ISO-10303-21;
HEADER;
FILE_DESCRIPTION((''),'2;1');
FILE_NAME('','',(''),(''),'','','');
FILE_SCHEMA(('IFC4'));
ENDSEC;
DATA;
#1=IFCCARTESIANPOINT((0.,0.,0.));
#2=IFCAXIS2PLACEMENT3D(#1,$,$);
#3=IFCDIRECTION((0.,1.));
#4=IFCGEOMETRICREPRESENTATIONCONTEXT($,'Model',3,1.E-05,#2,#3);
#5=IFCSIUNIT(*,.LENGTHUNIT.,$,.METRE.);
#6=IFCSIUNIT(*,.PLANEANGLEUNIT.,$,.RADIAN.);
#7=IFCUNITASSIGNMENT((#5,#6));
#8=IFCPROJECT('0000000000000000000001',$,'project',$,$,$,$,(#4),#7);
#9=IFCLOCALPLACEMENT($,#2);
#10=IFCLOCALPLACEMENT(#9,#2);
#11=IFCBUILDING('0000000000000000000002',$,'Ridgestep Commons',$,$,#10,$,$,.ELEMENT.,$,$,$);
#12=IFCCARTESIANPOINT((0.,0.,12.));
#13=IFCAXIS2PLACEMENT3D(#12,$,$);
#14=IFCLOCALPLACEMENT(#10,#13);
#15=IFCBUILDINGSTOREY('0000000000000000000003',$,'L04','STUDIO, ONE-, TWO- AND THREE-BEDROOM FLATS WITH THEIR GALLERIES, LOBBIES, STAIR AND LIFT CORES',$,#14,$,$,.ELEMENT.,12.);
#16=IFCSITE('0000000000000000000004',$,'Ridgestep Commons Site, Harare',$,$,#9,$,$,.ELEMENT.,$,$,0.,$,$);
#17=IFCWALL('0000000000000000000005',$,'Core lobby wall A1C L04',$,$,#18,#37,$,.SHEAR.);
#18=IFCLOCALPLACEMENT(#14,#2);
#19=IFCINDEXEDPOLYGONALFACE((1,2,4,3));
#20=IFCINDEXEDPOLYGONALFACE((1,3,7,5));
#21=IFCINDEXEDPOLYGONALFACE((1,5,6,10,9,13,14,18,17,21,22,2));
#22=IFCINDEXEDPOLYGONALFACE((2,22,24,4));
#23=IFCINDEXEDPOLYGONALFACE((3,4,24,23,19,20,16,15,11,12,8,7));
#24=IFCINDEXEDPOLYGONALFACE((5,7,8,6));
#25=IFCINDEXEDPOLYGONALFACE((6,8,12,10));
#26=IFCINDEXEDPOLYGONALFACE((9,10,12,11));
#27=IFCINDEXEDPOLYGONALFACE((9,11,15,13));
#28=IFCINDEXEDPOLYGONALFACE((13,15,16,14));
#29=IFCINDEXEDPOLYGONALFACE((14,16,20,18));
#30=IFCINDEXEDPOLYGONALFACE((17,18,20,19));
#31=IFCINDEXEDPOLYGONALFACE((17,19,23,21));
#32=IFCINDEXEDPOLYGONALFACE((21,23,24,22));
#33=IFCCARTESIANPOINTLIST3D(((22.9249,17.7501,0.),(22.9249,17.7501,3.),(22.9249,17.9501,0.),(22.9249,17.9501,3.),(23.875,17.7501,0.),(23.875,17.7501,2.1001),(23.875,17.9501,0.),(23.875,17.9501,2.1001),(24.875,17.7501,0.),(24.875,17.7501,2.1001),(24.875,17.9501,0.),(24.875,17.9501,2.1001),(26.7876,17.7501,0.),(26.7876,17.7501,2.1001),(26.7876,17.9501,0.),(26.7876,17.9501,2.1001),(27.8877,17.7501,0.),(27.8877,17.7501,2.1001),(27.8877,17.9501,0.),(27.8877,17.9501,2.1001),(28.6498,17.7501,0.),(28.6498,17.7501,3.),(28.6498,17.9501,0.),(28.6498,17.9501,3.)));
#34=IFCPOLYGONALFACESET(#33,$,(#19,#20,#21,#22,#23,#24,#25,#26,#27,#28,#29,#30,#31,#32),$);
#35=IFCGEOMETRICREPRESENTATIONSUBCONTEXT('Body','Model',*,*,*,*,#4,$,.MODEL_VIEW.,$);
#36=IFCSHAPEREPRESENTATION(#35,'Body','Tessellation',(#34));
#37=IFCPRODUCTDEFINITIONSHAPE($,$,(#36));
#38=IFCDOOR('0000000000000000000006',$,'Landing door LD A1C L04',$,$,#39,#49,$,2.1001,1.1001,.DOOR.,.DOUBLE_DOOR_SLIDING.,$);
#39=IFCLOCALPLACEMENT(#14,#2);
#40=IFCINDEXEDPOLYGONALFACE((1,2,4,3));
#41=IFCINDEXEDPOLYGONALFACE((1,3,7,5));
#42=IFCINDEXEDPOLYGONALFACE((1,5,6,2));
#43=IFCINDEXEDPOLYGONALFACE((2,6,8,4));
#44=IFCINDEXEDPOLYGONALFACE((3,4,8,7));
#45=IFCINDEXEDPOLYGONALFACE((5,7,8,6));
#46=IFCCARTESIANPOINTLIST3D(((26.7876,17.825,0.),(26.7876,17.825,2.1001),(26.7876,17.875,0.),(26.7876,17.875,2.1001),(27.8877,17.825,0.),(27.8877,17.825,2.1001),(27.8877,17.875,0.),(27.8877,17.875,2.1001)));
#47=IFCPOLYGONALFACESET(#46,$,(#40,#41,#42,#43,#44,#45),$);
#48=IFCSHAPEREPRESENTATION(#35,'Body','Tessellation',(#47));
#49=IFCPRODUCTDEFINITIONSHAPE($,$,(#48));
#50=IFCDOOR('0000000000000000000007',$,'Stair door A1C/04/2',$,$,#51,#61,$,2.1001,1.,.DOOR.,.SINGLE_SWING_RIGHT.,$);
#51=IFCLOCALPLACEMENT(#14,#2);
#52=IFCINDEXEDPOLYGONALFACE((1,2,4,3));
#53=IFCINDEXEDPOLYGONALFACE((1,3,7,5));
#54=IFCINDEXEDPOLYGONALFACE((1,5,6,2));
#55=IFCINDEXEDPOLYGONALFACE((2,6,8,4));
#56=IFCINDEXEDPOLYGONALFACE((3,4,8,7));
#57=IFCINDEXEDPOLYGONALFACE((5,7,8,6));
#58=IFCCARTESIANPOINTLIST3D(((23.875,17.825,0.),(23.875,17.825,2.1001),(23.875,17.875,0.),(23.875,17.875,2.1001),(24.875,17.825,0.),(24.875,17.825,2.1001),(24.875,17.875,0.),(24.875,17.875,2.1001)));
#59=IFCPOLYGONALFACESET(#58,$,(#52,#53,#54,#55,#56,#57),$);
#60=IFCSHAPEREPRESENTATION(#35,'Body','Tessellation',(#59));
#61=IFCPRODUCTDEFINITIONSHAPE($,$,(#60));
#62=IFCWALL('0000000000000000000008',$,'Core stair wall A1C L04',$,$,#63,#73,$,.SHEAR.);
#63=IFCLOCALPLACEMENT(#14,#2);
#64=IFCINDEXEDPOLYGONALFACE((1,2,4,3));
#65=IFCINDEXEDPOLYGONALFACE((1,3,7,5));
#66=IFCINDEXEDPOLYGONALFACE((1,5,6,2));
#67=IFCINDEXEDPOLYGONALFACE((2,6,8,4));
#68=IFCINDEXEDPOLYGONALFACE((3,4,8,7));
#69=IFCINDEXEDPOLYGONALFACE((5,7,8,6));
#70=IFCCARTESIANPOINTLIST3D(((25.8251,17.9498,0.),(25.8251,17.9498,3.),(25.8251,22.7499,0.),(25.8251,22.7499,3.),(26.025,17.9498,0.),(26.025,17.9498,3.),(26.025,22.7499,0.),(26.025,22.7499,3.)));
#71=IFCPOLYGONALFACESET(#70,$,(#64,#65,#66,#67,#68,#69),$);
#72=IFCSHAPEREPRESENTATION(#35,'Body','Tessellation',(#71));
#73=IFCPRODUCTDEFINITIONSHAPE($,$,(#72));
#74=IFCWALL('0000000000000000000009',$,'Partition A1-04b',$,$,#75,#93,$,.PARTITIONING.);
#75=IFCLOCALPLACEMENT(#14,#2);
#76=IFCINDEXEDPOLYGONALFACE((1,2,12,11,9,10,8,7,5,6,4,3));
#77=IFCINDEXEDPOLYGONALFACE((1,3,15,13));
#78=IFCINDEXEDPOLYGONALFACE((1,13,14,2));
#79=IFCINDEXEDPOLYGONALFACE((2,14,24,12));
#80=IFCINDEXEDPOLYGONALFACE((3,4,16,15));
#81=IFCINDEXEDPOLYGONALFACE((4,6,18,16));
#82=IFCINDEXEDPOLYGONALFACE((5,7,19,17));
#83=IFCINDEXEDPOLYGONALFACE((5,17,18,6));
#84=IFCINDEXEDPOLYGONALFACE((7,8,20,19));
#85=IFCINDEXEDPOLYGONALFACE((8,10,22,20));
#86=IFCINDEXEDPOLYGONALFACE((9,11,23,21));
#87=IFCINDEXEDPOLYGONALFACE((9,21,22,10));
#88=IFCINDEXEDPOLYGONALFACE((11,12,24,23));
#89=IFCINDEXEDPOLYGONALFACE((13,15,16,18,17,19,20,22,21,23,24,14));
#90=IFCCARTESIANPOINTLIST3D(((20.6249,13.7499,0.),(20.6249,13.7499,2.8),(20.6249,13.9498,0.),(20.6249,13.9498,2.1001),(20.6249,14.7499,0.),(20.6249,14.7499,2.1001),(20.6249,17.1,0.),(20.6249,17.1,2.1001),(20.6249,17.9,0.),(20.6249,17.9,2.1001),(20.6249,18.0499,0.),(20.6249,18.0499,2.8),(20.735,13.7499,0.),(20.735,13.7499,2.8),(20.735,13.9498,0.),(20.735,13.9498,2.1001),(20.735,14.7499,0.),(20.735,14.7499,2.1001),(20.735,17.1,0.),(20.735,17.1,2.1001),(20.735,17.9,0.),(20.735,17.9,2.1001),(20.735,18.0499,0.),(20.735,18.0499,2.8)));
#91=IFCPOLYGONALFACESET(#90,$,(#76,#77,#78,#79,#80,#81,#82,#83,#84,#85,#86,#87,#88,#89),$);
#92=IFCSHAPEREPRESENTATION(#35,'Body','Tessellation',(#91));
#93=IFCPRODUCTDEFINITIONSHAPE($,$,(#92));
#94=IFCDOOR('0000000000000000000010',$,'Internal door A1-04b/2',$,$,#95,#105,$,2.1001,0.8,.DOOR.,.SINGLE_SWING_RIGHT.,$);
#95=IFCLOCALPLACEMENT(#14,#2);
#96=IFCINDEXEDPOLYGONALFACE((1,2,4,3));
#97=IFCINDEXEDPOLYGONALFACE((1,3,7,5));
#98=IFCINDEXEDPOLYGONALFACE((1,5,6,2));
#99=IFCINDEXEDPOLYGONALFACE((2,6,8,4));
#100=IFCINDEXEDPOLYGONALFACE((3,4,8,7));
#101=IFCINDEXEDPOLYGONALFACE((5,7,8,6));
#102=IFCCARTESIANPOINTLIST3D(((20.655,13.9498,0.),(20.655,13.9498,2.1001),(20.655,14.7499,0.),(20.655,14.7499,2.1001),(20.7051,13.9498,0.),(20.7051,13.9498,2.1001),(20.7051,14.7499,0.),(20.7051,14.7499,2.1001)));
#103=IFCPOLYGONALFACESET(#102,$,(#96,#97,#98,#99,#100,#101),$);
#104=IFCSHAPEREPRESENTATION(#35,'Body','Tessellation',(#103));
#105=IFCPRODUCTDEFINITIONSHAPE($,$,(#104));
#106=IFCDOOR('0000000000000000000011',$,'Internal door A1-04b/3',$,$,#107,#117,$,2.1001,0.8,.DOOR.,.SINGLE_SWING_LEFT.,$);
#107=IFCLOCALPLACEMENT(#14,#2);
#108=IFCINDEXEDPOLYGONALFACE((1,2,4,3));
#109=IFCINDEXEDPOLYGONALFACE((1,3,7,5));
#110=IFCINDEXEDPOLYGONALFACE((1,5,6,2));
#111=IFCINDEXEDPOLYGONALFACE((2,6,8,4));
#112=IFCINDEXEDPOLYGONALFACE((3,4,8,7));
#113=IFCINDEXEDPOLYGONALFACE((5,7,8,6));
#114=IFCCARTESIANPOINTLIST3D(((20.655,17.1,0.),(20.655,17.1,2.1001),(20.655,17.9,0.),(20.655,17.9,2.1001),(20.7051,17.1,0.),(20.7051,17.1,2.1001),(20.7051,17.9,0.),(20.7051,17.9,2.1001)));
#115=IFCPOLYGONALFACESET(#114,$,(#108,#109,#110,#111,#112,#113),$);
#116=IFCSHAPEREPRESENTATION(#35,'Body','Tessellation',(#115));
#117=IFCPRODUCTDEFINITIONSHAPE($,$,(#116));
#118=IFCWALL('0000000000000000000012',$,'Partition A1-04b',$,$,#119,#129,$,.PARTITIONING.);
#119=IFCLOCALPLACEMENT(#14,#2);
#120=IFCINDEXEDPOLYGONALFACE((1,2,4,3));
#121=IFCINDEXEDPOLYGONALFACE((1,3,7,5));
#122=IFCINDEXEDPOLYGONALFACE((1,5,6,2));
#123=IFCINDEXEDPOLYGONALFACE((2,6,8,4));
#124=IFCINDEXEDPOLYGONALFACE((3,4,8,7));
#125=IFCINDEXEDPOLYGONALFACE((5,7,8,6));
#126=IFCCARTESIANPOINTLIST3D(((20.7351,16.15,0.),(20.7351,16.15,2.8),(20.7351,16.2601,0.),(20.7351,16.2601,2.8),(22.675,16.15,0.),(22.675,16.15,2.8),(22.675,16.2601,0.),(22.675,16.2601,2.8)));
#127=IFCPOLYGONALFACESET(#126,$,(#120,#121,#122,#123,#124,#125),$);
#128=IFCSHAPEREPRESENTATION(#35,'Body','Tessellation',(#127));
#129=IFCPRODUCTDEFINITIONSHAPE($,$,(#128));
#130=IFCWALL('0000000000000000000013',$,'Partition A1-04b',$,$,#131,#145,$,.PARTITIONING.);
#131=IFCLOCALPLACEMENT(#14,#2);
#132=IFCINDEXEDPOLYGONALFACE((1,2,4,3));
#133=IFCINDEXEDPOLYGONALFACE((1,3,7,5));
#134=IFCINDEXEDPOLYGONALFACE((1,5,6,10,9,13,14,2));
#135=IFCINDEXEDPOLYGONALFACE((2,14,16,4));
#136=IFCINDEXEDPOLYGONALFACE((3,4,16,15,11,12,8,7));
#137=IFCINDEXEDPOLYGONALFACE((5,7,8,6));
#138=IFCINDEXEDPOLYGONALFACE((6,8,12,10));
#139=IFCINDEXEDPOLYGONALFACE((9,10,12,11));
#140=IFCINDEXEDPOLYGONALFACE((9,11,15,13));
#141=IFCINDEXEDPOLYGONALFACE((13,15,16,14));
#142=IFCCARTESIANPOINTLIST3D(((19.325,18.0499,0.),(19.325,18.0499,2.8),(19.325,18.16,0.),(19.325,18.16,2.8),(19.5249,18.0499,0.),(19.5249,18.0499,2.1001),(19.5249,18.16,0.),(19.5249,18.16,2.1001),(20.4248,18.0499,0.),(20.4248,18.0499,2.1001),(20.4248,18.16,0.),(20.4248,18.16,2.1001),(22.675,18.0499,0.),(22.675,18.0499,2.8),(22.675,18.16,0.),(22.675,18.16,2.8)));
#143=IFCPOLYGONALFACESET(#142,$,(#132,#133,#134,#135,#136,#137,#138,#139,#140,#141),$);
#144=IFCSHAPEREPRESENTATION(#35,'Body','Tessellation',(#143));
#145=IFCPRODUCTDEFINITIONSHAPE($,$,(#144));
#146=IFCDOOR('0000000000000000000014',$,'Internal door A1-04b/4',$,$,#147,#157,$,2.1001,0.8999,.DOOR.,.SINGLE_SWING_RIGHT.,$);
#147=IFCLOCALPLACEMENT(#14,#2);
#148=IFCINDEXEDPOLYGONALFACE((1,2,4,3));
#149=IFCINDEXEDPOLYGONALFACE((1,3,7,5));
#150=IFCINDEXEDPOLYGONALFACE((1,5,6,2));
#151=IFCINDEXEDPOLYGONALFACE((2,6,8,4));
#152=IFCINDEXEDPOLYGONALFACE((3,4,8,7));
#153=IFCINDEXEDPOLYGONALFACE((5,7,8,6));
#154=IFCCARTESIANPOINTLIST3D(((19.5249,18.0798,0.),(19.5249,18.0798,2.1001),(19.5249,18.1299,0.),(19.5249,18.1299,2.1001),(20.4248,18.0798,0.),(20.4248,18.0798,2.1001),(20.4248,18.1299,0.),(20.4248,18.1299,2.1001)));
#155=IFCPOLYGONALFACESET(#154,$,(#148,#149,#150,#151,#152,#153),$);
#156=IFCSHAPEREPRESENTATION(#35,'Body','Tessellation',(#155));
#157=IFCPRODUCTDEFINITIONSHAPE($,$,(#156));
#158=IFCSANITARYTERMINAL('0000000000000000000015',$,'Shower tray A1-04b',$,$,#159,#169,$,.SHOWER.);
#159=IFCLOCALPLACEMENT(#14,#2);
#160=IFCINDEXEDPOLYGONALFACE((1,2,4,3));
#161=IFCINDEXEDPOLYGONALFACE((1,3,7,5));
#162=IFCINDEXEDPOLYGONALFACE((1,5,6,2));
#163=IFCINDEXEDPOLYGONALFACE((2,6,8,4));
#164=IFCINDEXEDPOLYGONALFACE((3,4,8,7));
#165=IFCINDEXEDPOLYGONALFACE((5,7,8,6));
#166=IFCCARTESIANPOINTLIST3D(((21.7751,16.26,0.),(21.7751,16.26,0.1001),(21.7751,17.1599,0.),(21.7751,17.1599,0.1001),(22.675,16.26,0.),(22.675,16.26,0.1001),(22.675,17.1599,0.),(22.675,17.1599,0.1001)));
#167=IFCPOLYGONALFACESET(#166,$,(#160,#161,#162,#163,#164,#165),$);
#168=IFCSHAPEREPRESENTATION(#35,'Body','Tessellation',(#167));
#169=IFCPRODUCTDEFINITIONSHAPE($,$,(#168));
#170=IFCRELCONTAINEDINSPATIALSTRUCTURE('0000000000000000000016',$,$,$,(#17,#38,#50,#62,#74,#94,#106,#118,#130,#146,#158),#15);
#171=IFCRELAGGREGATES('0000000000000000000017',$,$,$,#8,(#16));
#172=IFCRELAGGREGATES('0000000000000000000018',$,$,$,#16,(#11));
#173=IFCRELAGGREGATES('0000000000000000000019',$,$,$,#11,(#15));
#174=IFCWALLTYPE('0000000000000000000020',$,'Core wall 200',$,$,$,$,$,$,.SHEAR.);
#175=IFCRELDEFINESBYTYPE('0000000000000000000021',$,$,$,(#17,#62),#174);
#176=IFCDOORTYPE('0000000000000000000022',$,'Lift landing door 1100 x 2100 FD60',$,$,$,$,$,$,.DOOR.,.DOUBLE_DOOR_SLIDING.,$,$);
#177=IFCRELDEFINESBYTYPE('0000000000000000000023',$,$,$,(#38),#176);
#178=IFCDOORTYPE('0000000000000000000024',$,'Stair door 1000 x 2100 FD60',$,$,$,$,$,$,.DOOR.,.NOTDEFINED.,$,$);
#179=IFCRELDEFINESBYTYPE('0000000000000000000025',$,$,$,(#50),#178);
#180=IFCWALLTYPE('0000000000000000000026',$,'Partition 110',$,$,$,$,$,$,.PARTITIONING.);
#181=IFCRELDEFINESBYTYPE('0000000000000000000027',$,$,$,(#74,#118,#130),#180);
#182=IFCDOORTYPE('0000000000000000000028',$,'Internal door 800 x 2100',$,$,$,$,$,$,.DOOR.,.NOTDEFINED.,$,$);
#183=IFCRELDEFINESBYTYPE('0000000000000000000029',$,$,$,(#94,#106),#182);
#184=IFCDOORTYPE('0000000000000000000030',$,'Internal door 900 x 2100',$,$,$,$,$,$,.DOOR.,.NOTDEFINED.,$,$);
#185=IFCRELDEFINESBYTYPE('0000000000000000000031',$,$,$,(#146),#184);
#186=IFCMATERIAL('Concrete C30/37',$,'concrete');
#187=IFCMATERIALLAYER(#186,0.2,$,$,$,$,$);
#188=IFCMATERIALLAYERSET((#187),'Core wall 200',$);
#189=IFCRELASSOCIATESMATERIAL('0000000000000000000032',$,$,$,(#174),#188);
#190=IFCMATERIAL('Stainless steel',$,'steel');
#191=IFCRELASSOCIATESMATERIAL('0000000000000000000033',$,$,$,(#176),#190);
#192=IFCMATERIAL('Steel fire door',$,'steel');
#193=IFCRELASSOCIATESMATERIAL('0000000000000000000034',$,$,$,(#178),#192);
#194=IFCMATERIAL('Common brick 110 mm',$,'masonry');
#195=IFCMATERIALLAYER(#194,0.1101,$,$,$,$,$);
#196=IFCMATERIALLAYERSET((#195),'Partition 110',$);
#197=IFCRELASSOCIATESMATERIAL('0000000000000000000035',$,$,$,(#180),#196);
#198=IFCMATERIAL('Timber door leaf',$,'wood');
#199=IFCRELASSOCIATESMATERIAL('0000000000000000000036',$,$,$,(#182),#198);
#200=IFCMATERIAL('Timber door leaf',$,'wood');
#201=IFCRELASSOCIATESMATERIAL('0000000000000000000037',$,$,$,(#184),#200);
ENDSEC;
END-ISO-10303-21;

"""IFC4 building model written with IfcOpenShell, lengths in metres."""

from ifc_helpers import new_model, si_unit, direction, frame, frame_2d, origin, origin_2d, place, context, subcontext, project, spatial, rectangle, extrude, material, layer, layer_set, type_object, element, fill, save


model = new_model("IFC4")

# Units and contexts
model_context = context("Model", 3, precision=1e-05, world=origin(), true_north=direction((0.0, 1.0)))
body_context = subcontext(model_context, "Body", "Model", "MODEL_VIEW")
ifc_project = project(units=[si_unit("LENGTHUNIT", "METRE"), si_unit("PLANEANGLEUNIT", "RADIAN")], contexts=[model_context])

# Site, building, storey
site_placement = place(None, origin())
site = spatial("IfcSite", under=ifc_project, at=site_placement, Name="Ridgestep Commons Site, Harare", CompositionType="ELEMENT", RefElevation=0.0)
building_placement = place(site_placement, origin())
building = spatial("IfcBuilding", under=site, at=building_placement, Name="Ridgestep Commons", CompositionType="ELEMENT")
storey_placement = place(building_placement, frame((0.0, 0.0, 12.0)))
storey = spatial("IfcBuildingStorey", under=building, at=storey_placement, Name="L04", Description="STUDIO, ONE-, TWO- AND THREE-BEDROOM FLATS WITH THEIR GALLERIES, LOBBIES, STAIR AND LIFT CORES", CompositionType="ELEMENT", Elevation=12.0)

# Wall, openings, doors
ifc_material_1 = material(Name="Concrete C30/37", Category="concrete")
ifc_layer_1 = layer(ifc_material_1, 0.2)
ifc_layer_set_1 = layer_set([ifc_layer_1], Name="Core wall 200")
wall_type_1 = type_object("IfcWallType", Name="Core wall 200", PredefinedType="SHEAR", material=ifc_layer_set_1)
wall_1_placement = place(storey_placement, frame((22.925, 17.8501, 0.0), z_axis=(0.0, 0.0, 1.0), x_axis=(1.0, 0.0, 0.0)))
wall_1 = element("IfcWall", 1, at=wall_1_placement, inside=storey, type_object=wall_type_1, Name="Core lobby wall A1C L04", PredefinedType="SHEAR", context=body_context, shape_type="SweptSolid", body=[
    extrude(rectangle(XDim=5.7249, YDim=0.2, at=frame_2d((2.8623, 0.0))), origin(), (0.0, 0.0, 1.0), 3.0),
])
opening_1_placement = place(wall_1_placement, frame((0.95, 0.0, 0.0)))
opening_1 = element("IfcOpeningElement", 2, at=opening_1_placement, cuts=wall_1, PredefinedType="OPENING", context=body_context, shape_type="SweptSolid", body=[
    extrude(rectangle(XDim=1.0, YDim=2.1001, at=frame_2d((0.5, 1.05))), frame((0.0, 0.1099, 0.0), z_axis=(0.0, -1.0, 0.0), x_axis=(1.0, 0.0, 0.0)), (0.0, 0.0, 1.0), 0.22),
])
opening_2_placement = place(wall_1_placement, frame((3.8625, 0.0, 0.0)))
opening_2 = element("IfcOpeningElement", 3, at=opening_2_placement, cuts=wall_1, PredefinedType="OPENING", context=body_context, shape_type="SweptSolid", body=[
    extrude(rectangle(XDim=1.1001, YDim=2.1001, at=frame_2d((0.55, 1.05))), frame((0.0, 0.1099, 0.0), z_axis=(0.0, -1.0, 0.0), x_axis=(1.0, 0.0, 0.0)), (0.0, 0.0, 1.0), 0.22),
])
ifc_material_2 = material(Name="Stainless steel", Category="steel")
door_type_1 = type_object("IfcDoorType", Name="Lift landing door 1100 x 2100 FD60", OperationType="DOUBLE_DOOR_SLIDING", PredefinedType="DOOR", material=ifc_material_2)
door_1_placement = place(opening_2_placement, origin())
door_1 = element("IfcDoor", 4, at=door_1_placement, inside=storey, type_object=door_type_1, Name="Landing door LD A1C L04", OperationType="DOUBLE_DOOR_SLIDING", OverallHeight=2.1001, OverallWidth=1.1001, PredefinedType="DOOR", context=body_context, shape_type="SweptSolid", body=[
    extrude(rectangle(XDim=1.1001, YDim=2.1001, at=frame_2d((0.55, 1.05))), frame((0.0, 0.0249, 0.0), z_axis=(0.0, -1.0, 0.0), x_axis=(1.0, 0.0, 0.0)), (0.0, 0.0, 1.0), 0.05),
])
fill(opening_2, door_1)
ifc_material_3 = material(Name="Steel fire door", Category="steel")
door_type_2 = type_object("IfcDoorType", Name="Stair door 1000 x 2100 FD60", OperationType="NOTDEFINED", PredefinedType="DOOR", material=ifc_material_3)
door_2_placement = place(opening_1_placement, origin())
door_2 = element("IfcDoor", 5, at=door_2_placement, inside=storey, type_object=door_type_2, Name="Stair door A1C/04/2", OperationType="SINGLE_SWING_RIGHT", OverallHeight=2.1001, OverallWidth=1.0, PredefinedType="DOOR", context=body_context, shape_type="SweptSolid", body=[
    extrude(rectangle(XDim=1.0, YDim=2.1001, at=frame_2d((0.5, 1.05))), frame((0.0, 0.0249, 0.0), z_axis=(0.0, -1.0, 0.0), x_axis=(1.0, 0.0, 0.0)), (0.0, 0.0, 1.0), 0.05),
])
fill(opening_1, door_2)

# Wall
wall_2_placement = place(storey_placement, frame((25.925, 17.95, 0.0), z_axis=(0.0, 0.0, 1.0), x_axis=(0.0, 1.0, 0.0)))
element("IfcWall", 6, at=wall_2_placement, inside=storey, type_object=wall_type_1, Name="Core stair wall A1C L04", PredefinedType="SHEAR", context=body_context, shape_type="SweptSolid", body=[
    extrude(rectangle(XDim=4.8, YDim=0.2, at=frame_2d((2.3999, 0.0))), origin(), (0.0, 0.0, 1.0), 3.0),
])

# Wall, openings, doors
ifc_material_4 = material(Name="Common brick 110 mm", Category="masonry")
ifc_layer_2 = layer(ifc_material_4, 0.1101)
ifc_layer_set_2 = layer_set([ifc_layer_2], Name="Partition 110")
wall_type_2 = type_object("IfcWallType", Name="Partition 110", PredefinedType="PARTITIONING", material=ifc_layer_set_2)
wall_3_placement = place(storey_placement, frame((20.6799, 13.75, 0.0), z_axis=(0.0, 0.0, 1.0), x_axis=(0.0, 1.0, 0.0)))
wall_3 = element("IfcWall", 7, at=wall_3_placement, inside=storey, type_object=wall_type_2, Name="Partition A1-04b", PredefinedType="PARTITIONING", context=body_context, shape_type="SweptSolid", body=[
    extrude(rectangle(XDim=4.3, YDim=0.1101, at=frame_2d((2.1499, 0.0))), origin(), (0.0, 0.0, 1.0), 2.8),
])
opening_3_placement = place(wall_3_placement, frame((0.2, 0.0, 0.0)))
opening_3 = element("IfcOpeningElement", 8, at=opening_3_placement, cuts=wall_3, PredefinedType="OPENING", context=body_context, shape_type="SweptSolid", body=[
    extrude(rectangle(XDim=0.8, YDim=2.1001, at=frame_2d((0.3999, 1.05))), frame((0.0, 0.0649, 0.0), z_axis=(0.0, -1.0, 0.0), x_axis=(1.0, 0.0, 0.0)), (0.0, 0.0, 1.0), 0.1301),
])
opening_4_placement = place(wall_3_placement, frame((3.3501, 0.0, 0.0)))
opening_4 = element("IfcOpeningElement", 9, at=opening_4_placement, cuts=wall_3, PredefinedType="OPENING", context=body_context, shape_type="SweptSolid", body=[
    extrude(rectangle(XDim=0.8, YDim=2.1001, at=frame_2d((0.3999, 1.05))), frame((0.0, 0.0649, 0.0), z_axis=(0.0, -1.0, 0.0), x_axis=(1.0, 0.0, 0.0)), (0.0, 0.0, 1.0), 0.1301),
])
ifc_material_5 = material(Name="Timber door leaf", Category="wood")
door_type_3 = type_object("IfcDoorType", Name="Internal door 800 x 2100", OperationType="NOTDEFINED", PredefinedType="DOOR", material=ifc_material_5)
door_3_placement = place(opening_3_placement, origin())
door_3 = element("IfcDoor", 10, at=door_3_placement, inside=storey, type_object=door_type_3, Name="Internal door A1-04b/2", OperationType="SINGLE_SWING_RIGHT", OverallHeight=2.1001, OverallWidth=0.8, PredefinedType="DOOR", context=body_context, shape_type="SweptSolid", body=[
    extrude(rectangle(XDim=0.8, YDim=2.1001, at=frame_2d((0.3999, 1.05))), frame((0.0, 0.0249, 0.0), z_axis=(0.0, -1.0, 0.0), x_axis=(1.0, 0.0, 0.0)), (0.0, 0.0, 1.0), 0.05),
])
fill(opening_3, door_3)
door_4_placement = place(opening_4_placement, origin())
door_4 = element("IfcDoor", 11, at=door_4_placement, inside=storey, type_object=door_type_3, Name="Internal door A1-04b/3", OperationType="SINGLE_SWING_LEFT", OverallHeight=2.1001, OverallWidth=0.8, PredefinedType="DOOR", context=body_context, shape_type="SweptSolid", body=[
    extrude(rectangle(XDim=0.8, YDim=2.1001, at=frame_2d((0.3999, 1.05))), frame((0.0, 0.0249, 0.0), z_axis=(0.0, -1.0, 0.0), x_axis=(1.0, 0.0, 0.0)), (0.0, 0.0, 1.0), 0.05),
])
fill(opening_4, door_4)

# Wall
wall_4_placement = place(storey_placement, frame((20.7351, 16.2051, 0.0), z_axis=(0.0, 0.0, 1.0), x_axis=(1.0, 0.0, 0.0)))
element("IfcWall", 12, at=wall_4_placement, inside=storey, type_object=wall_type_2, Name="Partition A1-04b", PredefinedType="PARTITIONING", context=body_context, shape_type="SweptSolid", body=[
    extrude(rectangle(XDim=1.9399, YDim=0.1101, at=frame_2d((0.97, 0.0))), origin(), (0.0, 0.0, 1.0), 2.8),
])

# Wall, opening, door
wall_5_placement = place(storey_placement, frame((19.325, 18.105, 0.0), z_axis=(0.0, 0.0, 1.0), x_axis=(1.0, 0.0, 0.0)))
wall_5 = element("IfcWall", 13, at=wall_5_placement, inside=storey, type_object=wall_type_2, Name="Partition A1-04b", PredefinedType="PARTITIONING", context=body_context, shape_type="SweptSolid", body=[
    extrude(rectangle(XDim=3.3501, YDim=0.1101, at=frame_2d((1.675, 0.0))), origin(), (0.0, 0.0, 1.0), 2.8),
])
opening_5_placement = place(wall_5_placement, frame((0.2, 0.0, 0.0)))
opening_5 = element("IfcOpeningElement", 14, at=opening_5_placement, cuts=wall_5, PredefinedType="OPENING", context=body_context, shape_type="SweptSolid", body=[
    extrude(rectangle(XDim=0.8999, YDim=2.1001, at=frame_2d((0.45, 1.05))), frame((0.0, 0.0649, 0.0), z_axis=(0.0, -1.0, 0.0), x_axis=(1.0, 0.0, 0.0)), (0.0, 0.0, 1.0), 0.1301),
])
ifc_material_6 = material(Name="Timber door leaf", Category="wood")
door_type_4 = type_object("IfcDoorType", Name="Internal door 900 x 2100", OperationType="NOTDEFINED", PredefinedType="DOOR", material=ifc_material_6)
door_5_placement = place(opening_5_placement, origin())
door_5 = element("IfcDoor", 15, at=door_5_placement, inside=storey, type_object=door_type_4, Name="Internal door A1-04b/4", OperationType="SINGLE_SWING_RIGHT", OverallHeight=2.1001, OverallWidth=0.8999, PredefinedType="DOOR", context=body_context, shape_type="SweptSolid", body=[
    extrude(rectangle(XDim=0.8999, YDim=2.1001, at=frame_2d((0.45, 1.05))), frame((0.0, 0.0249, 0.0), z_axis=(0.0, -1.0, 0.0), x_axis=(1.0, 0.0, 0.0)), (0.0, 0.0, 1.0), 0.05),
])
fill(opening_5, door_5)

# Sanitary terminal
sanitary_terminal_1_placement = place(storey_placement, frame((22.2251, 16.71, 0.0), z_axis=(0.0, 0.0, 1.0), x_axis=(1.0, 0.0, 0.0)))
element("IfcSanitaryTerminal", 16, at=sanitary_terminal_1_placement, inside=storey, Name="Shower tray A1-04b", PredefinedType="SHOWER", context=body_context, shape_type="SweptSolid", body=[
    extrude(rectangle(XDim=0.8999, YDim=0.8999, at=origin_2d()), origin(), (0.0, 0.0, 1.0), 0.1001),
])

save(model, "model.ifc")
